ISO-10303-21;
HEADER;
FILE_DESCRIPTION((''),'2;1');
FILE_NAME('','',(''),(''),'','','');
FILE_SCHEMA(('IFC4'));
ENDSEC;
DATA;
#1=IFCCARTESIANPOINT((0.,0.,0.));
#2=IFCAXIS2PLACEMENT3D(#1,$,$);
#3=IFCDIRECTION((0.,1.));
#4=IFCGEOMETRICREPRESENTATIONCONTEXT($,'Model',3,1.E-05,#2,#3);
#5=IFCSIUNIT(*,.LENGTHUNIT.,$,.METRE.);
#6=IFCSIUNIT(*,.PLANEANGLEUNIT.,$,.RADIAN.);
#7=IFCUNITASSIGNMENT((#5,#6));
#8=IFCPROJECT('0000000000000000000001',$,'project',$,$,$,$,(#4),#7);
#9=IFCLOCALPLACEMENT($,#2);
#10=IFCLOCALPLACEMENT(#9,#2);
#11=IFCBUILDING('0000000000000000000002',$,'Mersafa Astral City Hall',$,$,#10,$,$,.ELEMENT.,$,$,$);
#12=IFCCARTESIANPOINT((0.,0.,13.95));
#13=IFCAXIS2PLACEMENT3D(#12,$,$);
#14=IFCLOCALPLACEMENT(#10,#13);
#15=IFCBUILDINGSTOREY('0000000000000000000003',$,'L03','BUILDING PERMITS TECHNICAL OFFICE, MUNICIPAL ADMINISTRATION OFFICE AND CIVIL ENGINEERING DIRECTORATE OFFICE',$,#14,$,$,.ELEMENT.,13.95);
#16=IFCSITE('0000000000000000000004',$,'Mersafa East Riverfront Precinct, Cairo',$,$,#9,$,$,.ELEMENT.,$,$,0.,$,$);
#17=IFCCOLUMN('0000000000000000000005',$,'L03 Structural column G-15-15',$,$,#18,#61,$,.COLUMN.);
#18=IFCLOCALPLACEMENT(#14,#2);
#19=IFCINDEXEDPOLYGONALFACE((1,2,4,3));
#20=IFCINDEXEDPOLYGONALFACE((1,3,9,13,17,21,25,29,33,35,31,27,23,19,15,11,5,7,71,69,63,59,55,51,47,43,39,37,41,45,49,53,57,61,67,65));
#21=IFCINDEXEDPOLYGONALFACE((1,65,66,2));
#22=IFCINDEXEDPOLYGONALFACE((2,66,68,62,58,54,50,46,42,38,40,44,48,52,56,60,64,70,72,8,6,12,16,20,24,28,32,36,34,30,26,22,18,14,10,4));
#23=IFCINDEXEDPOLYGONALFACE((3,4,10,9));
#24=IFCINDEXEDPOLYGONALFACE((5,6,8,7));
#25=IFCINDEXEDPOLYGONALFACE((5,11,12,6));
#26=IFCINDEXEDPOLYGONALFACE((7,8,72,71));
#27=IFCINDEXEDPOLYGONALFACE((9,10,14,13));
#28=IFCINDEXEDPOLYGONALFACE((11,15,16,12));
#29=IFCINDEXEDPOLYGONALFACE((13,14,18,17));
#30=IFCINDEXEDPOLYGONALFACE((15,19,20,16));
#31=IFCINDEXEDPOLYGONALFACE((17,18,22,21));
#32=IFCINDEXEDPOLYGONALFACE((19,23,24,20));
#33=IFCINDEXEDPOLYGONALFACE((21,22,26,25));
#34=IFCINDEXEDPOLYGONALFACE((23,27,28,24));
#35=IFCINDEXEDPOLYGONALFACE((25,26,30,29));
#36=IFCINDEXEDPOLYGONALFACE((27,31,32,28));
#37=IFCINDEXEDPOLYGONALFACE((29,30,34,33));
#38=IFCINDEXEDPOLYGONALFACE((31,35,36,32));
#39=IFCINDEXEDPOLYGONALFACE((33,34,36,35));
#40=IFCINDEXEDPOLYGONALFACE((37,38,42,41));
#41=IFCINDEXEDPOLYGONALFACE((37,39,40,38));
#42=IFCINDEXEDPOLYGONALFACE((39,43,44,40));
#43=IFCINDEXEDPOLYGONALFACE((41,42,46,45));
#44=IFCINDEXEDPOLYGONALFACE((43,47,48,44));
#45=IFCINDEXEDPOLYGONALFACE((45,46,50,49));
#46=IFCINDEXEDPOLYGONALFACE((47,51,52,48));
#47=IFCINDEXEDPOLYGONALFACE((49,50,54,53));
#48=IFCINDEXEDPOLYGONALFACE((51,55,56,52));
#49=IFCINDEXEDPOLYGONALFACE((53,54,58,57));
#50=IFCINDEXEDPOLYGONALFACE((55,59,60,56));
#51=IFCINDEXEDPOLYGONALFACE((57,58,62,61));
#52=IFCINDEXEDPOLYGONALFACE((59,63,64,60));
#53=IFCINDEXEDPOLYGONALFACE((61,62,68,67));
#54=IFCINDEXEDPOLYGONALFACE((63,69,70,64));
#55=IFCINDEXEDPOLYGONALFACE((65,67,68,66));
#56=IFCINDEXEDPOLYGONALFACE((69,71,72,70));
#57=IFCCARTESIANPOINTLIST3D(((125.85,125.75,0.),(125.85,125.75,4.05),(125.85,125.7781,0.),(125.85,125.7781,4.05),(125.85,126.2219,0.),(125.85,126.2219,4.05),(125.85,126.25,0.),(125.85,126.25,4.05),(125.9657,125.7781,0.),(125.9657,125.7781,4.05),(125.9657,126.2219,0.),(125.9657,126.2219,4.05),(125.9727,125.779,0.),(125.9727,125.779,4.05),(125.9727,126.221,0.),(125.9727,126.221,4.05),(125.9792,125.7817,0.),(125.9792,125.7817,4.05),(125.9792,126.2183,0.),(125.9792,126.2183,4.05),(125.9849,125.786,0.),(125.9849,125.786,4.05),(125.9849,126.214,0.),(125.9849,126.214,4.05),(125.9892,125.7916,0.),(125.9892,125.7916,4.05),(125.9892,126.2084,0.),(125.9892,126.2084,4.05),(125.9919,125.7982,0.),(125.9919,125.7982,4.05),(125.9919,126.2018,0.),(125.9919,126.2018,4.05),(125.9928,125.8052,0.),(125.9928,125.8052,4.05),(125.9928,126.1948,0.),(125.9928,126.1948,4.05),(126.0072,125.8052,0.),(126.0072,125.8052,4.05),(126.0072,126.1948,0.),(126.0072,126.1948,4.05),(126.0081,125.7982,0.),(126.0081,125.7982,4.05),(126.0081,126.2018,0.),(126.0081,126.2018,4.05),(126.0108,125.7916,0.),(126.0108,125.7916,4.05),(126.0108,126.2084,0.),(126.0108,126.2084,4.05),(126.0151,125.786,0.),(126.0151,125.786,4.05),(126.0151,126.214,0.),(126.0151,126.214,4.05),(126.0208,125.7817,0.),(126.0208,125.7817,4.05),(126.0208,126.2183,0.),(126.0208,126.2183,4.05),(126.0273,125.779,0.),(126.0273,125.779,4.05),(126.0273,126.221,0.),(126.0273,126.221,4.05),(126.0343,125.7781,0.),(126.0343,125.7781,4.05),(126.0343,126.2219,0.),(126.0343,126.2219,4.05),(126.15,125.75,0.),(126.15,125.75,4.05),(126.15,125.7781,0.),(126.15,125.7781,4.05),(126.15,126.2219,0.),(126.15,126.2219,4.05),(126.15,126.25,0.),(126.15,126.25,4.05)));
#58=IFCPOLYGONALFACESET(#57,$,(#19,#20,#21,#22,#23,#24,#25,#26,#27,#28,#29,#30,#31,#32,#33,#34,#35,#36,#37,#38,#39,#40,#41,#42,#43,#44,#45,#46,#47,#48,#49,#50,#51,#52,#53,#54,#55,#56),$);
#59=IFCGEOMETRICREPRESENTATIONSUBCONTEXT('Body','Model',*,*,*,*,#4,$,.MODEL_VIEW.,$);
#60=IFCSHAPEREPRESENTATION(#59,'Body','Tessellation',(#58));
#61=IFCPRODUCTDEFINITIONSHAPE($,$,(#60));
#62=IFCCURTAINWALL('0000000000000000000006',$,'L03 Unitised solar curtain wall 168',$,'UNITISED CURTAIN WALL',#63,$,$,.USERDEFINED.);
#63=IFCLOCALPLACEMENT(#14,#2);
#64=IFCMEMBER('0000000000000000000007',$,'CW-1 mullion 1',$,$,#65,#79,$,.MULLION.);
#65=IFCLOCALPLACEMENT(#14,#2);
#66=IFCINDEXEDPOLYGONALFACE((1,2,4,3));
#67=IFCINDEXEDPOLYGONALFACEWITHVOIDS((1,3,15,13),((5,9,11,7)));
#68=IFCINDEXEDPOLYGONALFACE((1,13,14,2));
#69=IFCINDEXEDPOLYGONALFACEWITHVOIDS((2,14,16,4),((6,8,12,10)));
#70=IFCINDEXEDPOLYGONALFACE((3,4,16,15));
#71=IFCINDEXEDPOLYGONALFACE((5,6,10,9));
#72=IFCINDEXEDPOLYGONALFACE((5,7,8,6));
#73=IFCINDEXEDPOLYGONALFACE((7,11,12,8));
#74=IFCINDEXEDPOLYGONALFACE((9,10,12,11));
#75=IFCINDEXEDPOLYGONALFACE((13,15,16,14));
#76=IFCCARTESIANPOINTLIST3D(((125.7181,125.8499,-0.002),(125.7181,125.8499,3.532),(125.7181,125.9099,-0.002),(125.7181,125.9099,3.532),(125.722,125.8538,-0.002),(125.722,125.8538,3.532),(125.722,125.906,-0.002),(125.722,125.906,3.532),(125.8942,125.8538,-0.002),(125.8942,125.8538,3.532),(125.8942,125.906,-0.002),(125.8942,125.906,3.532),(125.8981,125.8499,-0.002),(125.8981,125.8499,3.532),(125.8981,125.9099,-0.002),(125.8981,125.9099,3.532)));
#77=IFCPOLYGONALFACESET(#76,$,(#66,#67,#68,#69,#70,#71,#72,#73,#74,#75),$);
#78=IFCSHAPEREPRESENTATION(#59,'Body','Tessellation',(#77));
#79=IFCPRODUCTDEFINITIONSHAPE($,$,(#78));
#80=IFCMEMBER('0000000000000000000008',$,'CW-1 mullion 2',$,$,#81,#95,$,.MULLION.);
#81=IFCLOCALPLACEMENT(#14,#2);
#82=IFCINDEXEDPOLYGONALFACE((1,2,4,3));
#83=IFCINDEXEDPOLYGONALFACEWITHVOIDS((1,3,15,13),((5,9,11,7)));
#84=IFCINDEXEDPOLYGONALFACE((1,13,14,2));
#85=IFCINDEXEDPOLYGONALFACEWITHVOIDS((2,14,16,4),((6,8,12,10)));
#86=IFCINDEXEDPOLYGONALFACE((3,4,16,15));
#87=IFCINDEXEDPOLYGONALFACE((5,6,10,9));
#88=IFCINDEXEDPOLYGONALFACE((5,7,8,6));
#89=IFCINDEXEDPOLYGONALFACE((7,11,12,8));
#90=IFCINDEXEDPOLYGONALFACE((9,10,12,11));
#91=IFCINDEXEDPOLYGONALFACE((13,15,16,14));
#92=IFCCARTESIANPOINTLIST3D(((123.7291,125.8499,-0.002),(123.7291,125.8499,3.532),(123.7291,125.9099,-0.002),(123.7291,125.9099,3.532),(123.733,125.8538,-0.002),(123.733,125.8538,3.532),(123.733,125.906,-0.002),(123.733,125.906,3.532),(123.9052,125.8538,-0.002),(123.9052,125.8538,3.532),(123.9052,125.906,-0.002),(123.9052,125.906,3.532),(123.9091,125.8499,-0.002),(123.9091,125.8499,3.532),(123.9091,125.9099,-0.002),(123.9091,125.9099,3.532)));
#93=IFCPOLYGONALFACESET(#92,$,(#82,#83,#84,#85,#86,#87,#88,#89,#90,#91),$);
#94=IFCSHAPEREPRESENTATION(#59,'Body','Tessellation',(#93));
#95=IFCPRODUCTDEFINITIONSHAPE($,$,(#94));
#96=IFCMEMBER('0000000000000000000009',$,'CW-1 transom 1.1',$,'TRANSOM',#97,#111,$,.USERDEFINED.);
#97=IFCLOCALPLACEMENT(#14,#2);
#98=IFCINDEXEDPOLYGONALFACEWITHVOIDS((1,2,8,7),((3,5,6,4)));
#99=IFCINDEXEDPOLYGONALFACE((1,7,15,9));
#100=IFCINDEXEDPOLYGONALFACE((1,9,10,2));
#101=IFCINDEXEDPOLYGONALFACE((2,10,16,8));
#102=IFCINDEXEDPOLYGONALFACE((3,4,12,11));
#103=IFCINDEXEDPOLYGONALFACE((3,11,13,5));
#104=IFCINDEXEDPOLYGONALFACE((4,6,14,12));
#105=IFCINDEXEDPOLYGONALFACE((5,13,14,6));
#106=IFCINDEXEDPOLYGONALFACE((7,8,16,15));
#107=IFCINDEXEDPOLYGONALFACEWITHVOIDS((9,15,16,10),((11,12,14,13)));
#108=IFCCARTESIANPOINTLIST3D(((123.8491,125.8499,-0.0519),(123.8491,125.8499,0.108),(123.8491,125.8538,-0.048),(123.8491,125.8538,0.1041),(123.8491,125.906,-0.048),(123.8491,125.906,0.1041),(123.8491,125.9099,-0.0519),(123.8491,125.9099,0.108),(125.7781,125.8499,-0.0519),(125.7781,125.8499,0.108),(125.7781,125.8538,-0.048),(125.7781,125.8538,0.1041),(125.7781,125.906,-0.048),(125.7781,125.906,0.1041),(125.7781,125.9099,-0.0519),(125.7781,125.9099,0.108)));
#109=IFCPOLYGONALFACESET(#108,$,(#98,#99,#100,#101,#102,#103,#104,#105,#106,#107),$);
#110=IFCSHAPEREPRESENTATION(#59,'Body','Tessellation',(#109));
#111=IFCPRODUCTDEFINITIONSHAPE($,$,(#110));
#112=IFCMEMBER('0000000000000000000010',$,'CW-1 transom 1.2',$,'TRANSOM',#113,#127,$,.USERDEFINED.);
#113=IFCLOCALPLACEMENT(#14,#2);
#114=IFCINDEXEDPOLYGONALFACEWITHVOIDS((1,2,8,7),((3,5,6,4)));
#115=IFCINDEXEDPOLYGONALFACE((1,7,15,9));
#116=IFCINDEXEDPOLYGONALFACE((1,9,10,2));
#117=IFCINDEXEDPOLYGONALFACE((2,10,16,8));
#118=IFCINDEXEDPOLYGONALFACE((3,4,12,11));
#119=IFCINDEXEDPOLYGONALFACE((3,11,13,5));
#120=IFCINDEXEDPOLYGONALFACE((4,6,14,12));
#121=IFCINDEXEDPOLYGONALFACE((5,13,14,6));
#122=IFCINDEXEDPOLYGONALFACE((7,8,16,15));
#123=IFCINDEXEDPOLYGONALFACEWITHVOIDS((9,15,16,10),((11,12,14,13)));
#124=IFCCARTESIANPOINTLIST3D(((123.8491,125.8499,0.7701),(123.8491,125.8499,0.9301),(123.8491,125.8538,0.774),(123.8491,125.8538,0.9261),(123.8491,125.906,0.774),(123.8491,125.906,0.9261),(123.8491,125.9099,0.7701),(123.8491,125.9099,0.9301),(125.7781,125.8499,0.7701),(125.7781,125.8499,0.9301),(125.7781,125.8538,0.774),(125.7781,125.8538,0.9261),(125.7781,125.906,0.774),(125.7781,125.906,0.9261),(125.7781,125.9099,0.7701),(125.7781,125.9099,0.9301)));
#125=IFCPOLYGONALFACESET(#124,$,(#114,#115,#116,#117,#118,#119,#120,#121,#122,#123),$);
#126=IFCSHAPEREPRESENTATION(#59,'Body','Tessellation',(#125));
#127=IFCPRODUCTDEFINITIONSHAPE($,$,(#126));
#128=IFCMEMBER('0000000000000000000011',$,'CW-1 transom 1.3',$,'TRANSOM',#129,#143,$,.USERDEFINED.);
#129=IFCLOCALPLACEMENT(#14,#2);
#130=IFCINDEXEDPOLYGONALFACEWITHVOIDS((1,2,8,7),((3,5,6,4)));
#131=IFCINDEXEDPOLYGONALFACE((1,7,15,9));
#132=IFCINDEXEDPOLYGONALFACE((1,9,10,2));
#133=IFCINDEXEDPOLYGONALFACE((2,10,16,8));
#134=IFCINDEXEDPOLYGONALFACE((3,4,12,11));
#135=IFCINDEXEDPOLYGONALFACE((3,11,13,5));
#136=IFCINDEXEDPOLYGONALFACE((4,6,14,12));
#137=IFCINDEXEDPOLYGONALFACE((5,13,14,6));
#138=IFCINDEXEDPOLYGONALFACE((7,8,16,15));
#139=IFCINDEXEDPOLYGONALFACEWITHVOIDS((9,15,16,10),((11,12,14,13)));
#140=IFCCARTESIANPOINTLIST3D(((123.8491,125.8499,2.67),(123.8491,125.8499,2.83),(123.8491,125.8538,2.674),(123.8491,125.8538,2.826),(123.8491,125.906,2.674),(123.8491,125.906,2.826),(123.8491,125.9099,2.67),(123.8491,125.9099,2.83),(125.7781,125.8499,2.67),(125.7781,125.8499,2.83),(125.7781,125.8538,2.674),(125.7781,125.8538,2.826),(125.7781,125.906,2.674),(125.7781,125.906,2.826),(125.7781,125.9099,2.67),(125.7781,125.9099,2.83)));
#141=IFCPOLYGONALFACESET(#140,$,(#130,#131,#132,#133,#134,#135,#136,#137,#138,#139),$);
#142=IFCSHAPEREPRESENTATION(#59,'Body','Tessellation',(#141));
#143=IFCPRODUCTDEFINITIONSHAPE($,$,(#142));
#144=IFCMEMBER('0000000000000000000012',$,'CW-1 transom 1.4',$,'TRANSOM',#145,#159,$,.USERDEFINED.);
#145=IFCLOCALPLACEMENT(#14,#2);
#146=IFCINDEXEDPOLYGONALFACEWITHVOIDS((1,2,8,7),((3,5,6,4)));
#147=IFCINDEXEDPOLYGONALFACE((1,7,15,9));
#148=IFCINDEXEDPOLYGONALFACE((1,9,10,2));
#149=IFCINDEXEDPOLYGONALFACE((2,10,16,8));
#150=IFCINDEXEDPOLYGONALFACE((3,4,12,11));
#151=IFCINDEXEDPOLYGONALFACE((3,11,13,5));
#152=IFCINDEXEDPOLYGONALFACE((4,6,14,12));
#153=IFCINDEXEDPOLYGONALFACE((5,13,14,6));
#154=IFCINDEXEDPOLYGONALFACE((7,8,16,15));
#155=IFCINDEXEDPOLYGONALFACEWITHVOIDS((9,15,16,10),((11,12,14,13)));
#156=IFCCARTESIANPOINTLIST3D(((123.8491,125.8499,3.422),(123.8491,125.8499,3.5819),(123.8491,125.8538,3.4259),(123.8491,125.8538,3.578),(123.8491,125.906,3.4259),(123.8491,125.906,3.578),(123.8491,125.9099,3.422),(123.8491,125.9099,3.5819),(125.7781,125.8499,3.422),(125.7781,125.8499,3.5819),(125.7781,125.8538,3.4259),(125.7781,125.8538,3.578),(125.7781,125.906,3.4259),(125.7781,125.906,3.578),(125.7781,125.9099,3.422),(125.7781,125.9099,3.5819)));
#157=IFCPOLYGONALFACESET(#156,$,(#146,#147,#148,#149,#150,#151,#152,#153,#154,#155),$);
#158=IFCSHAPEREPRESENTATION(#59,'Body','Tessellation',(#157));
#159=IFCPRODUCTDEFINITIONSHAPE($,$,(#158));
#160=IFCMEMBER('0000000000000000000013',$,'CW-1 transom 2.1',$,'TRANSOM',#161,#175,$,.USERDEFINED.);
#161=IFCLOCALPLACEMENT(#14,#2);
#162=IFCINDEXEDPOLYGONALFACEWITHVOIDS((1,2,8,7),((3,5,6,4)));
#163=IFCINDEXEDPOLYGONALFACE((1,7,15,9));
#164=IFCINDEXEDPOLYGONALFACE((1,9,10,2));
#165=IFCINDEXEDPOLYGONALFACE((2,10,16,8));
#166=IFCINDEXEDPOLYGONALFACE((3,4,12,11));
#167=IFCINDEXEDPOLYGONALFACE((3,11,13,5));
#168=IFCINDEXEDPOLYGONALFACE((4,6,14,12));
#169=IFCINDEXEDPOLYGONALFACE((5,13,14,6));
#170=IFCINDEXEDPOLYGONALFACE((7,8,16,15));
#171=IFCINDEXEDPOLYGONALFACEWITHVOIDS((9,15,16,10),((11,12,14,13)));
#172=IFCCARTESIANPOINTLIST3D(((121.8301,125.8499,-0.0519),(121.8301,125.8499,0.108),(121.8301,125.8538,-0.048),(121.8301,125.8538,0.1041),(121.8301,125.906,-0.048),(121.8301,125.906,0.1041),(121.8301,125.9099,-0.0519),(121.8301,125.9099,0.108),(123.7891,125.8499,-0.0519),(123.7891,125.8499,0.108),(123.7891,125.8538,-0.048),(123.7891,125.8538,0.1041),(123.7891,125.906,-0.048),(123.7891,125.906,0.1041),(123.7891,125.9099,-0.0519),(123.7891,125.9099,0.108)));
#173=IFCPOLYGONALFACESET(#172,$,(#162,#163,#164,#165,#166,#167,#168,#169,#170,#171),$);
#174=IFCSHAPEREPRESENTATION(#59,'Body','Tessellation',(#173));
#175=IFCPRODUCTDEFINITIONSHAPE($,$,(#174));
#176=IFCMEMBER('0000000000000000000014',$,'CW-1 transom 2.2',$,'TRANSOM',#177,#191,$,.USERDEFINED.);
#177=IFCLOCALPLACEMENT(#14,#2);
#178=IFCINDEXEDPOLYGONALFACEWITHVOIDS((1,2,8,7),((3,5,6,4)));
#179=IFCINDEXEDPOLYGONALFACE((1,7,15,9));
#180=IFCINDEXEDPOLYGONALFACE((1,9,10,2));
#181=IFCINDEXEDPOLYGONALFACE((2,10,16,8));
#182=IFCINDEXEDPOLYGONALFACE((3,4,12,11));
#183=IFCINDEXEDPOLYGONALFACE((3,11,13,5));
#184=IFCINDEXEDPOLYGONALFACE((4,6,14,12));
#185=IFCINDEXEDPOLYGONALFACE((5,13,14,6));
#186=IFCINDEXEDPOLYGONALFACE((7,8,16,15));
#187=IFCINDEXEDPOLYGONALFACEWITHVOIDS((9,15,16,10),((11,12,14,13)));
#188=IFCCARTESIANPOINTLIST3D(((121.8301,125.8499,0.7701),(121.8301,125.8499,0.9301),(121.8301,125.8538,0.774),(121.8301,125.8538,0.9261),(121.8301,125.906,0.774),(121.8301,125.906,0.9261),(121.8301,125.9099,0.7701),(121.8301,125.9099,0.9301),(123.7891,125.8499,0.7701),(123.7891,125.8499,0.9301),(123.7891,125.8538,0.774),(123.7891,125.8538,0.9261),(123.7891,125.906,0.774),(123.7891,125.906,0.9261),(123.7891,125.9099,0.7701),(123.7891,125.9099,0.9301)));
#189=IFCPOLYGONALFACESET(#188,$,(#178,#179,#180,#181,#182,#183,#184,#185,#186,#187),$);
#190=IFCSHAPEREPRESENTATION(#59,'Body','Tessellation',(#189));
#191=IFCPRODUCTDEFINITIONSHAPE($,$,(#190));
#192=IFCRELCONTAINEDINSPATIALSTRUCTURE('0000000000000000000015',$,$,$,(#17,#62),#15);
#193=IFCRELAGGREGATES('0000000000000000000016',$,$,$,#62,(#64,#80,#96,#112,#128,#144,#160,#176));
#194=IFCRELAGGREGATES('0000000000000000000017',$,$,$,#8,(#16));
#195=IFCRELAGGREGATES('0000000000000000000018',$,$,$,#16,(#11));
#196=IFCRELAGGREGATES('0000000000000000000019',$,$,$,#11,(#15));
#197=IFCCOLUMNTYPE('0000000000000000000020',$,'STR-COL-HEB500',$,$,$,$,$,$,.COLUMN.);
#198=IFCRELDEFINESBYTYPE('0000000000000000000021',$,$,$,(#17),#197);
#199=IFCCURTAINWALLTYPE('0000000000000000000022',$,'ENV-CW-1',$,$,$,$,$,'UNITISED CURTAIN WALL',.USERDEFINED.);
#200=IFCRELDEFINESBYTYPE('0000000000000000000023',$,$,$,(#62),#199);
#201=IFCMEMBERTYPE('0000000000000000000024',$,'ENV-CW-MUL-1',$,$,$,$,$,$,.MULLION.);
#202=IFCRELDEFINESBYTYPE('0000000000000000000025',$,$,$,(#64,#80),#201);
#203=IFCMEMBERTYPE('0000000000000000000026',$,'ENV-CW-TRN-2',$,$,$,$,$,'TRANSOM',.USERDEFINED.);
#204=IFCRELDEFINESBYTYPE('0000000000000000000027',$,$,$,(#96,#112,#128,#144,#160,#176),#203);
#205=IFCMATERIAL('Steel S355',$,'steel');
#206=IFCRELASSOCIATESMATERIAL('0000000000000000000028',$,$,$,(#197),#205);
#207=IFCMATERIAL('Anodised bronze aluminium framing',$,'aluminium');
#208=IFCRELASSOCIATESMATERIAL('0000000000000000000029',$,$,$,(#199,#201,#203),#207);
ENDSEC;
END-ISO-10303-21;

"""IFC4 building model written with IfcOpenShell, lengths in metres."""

from ifc_helpers import new_model, si_unit, direction, frame, origin, origin_2d, place, context, subcontext, project, spatial, hollow_rectangle, i_section, extrude, material, material_profile, profile_set, type_object, element, aggregate, save


model = new_model("IFC4")

# Units and contexts
model_context = context("Model", 3, precision=1e-05, world=origin(), true_north=direction((0.0, 1.0)))
body_context = subcontext(model_context, "Body", "Model", "MODEL_VIEW")
ifc_project = project(units=[si_unit("LENGTHUNIT", "METRE"), si_unit("PLANEANGLEUNIT", "RADIAN")], contexts=[model_context])

# Site, building, storey
site_placement = place(None, origin())
site = spatial("IfcSite", under=ifc_project, at=site_placement, Name="Mersafa East Riverfront Precinct, Cairo", CompositionType="ELEMENT", RefElevation=0.0)
building_placement = place(site_placement, origin())
building = spatial("IfcBuilding", under=site, at=building_placement, Name="Mersafa Astral City Hall", CompositionType="ELEMENT")
storey_placement = place(building_placement, frame((0.0, 0.0, 13.95)))
storey = spatial("IfcBuildingStorey", under=building, at=storey_placement, Name="L03", Description="BUILDING PERMITS TECHNICAL OFFICE, MUNICIPAL ADMINISTRATION OFFICE AND CIVIL ENGINEERING DIRECTORATE OFFICE", CompositionType="ELEMENT", Elevation=13.95)

# Column
ifc_material_1 = material(Name="Steel S355", Category="steel")
ifc_material_profile_1 = material_profile(ifc_material_1, i_section(OverallWidth=0.3, OverallDepth=0.5, WebThickness=0.0144, FlangeThickness=0.0281, FilletRadius=0.0271, at=origin_2d()), Name="HEB 500")
ifc_profile_set_1 = profile_set([ifc_material_profile_1], Name="Steel S355")
column_type = type_object("IfcColumnType", Name="STR-COL-HEB500", PredefinedType="COLUMN", material=ifc_profile_set_1)
column_placement = place(storey_placement, frame((126.0, 126.0, 0.0), z_axis=(0.0, 0.0, 1.0), x_axis=(1.0, 0.0, 0.0)))
element("IfcColumn", 1, at=column_placement, inside=storey, type_object=column_type, Name="L03 Structural column G-15-15", PredefinedType="COLUMN", context=body_context, shape_type="SweptSolid", body=[
    extrude(i_section(OverallWidth=0.3, OverallDepth=0.5, WebThickness=0.0144, FlangeThickness=0.0281, FilletRadius=0.0271, at=origin_2d()), origin(), (0.0, 0.0, 1.0), 4.05),
])

# Curtain wall, members
ifc_material_2 = material(Name="Anodised bronze aluminium framing", Category="aluminium")
curtain_wall_type = type_object("IfcCurtainWallType", Name="ENV-CW-1", ElementType="UNITISED CURTAIN WALL", PredefinedType="USERDEFINED", material=ifc_material_2)
curtain_wall_placement = place(storey_placement, origin())
curtain_wall = element("IfcCurtainWall", 2, at=curtain_wall_placement, inside=storey, type_object=curtain_wall_type, Name="L03 Unitised solar curtain wall 168", ObjectType="UNITISED CURTAIN WALL", PredefinedType="USERDEFINED")
ifc_material_profile_2 = material_profile(ifc_material_2, hollow_rectangle(XDim=0.0601, YDim=0.1799, WallThickness=0.0039, at=origin_2d()), Name="RHS 60x180x4")
ifc_profile_set_2 = profile_set([ifc_material_profile_2], Name="Anodised bronze aluminium framing")
member_type_1 = type_object("IfcMemberType", Name="ENV-CW-MUL-1", PredefinedType="MULLION", material=ifc_profile_set_2)
member_1_placement = place(storey_placement, frame((125.8081, 125.8799, -0.002), z_axis=(0.0, 0.0, 1.0), x_axis=(0.0, -1.0, 0.0)))
member_1 = element("IfcMember", 3, at=member_1_placement, type_object=member_type_1, Name="CW-1 mullion 1", PredefinedType="MULLION", context=body_context, shape_type="SweptSolid", body=[
    extrude(hollow_rectangle(XDim=0.0601, YDim=0.1799, WallThickness=0.0039, at=origin_2d()), origin(), (0.0, 0.0, 1.0), 3.5339),
])
member_2_placement = place(storey_placement, frame((123.8191, 125.8799, -0.002), z_axis=(0.0, 0.0, 1.0), x_axis=(0.0, -1.0, 0.0)))
member_2 = element("IfcMember", 4, at=member_2_placement, type_object=member_type_1, Name="CW-1 mullion 2", PredefinedType="MULLION", context=body_context, shape_type="SweptSolid", body=[
    extrude(hollow_rectangle(XDim=0.0601, YDim=0.1799, WallThickness=0.0039, at=origin_2d()), origin(), (0.0, 0.0, 1.0), 3.5339),
])
ifc_material_profile_3 = material_profile(ifc_material_2, hollow_rectangle(XDim=0.0601, YDim=0.1599, WallThickness=0.0039, at=origin_2d()), Name="RHS 60x160x4")
ifc_profile_set_3 = profile_set([ifc_material_profile_3], Name="Anodised bronze aluminium framing")
member_type_2 = type_object("IfcMemberType", Name="ENV-CW-TRN-2", ElementType="TRANSOM", PredefinedType="USERDEFINED", material=ifc_profile_set_3)
member_3_placement = place(storey_placement, frame((125.7781, 125.8799, 0.0281), z_axis=(-1.0, 0.0, 0.0), x_axis=(0.0, -1.0, 0.0)))
member_3 = element("IfcMember", 5, at=member_3_placement, type_object=member_type_2, Name="CW-1 transom 1.1", ObjectType="TRANSOM", PredefinedType="USERDEFINED", context=body_context, shape_type="SweptSolid", body=[
    extrude(hollow_rectangle(XDim=0.0601, YDim=0.1599, WallThickness=0.0039, at=origin_2d()), origin(), (0.0, 0.0, 1.0), 1.929),
])
member_4_placement = place(storey_placement, frame((125.7781, 125.8799, 0.8501), z_axis=(-1.0, 0.0, 0.0), x_axis=(0.0, -1.0, 0.0)))
member_4 = element("IfcMember", 6, at=member_4_placement, type_object=member_type_2, Name="CW-1 transom 1.2", ObjectType="TRANSOM", PredefinedType="USERDEFINED", context=body_context, shape_type="SweptSolid", body=[
    extrude(hollow_rectangle(XDim=0.0601, YDim=0.1599, WallThickness=0.0039, at=origin_2d()), origin(), (0.0, 0.0, 1.0), 1.929),
])
member_5_placement = place(storey_placement, frame((125.7781, 125.8799, 2.75), z_axis=(-1.0, 0.0, 0.0), x_axis=(0.0, -1.0, 0.0)))
member_5 = element("IfcMember", 7, at=member_5_placement, type_object=member_type_2, Name="CW-1 transom 1.3", ObjectType="TRANSOM", PredefinedType="USERDEFINED", context=body_context, shape_type="SweptSolid", body=[
    extrude(hollow_rectangle(XDim=0.0601, YDim=0.1599, WallThickness=0.0039, at=origin_2d()), origin(), (0.0, 0.0, 1.0), 1.929),
])
member_6_placement = place(storey_placement, frame((125.7781, 125.8799, 3.502), z_axis=(-1.0, 0.0, 0.0), x_axis=(0.0, -1.0, 0.0)))
member_6 = element("IfcMember", 8, at=member_6_placement, type_object=member_type_2, Name="CW-1 transom 1.4", ObjectType="TRANSOM", PredefinedType="USERDEFINED", context=body_context, shape_type="SweptSolid", body=[
    extrude(hollow_rectangle(XDim=0.0601, YDim=0.1599, WallThickness=0.0039, at=origin_2d()), origin(), (0.0, 0.0, 1.0), 1.929),
])
member_7_placement = place(storey_placement, frame((123.7891, 125.8799, 0.0281), z_axis=(-1.0, 0.0, 0.0), x_axis=(0.0, -1.0, 0.0)))
member_7 = element("IfcMember", 9, at=member_7_placement, type_object=member_type_2, Name="CW-1 transom 2.1", ObjectType="TRANSOM", PredefinedType="USERDEFINED", context=body_context, shape_type="SweptSolid", body=[
    extrude(hollow_rectangle(XDim=0.0601, YDim=0.1599, WallThickness=0.0039, at=origin_2d()), origin(), (0.0, 0.0, 1.0), 1.959),
])
member_8_placement = place(storey_placement, frame((123.7891, 125.8799, 0.8501), z_axis=(-1.0, 0.0, 0.0), x_axis=(0.0, -1.0, 0.0)))
member_8 = element("IfcMember", 10, at=member_8_placement, type_object=member_type_2, Name="CW-1 transom 2.2", ObjectType="TRANSOM", PredefinedType="USERDEFINED", context=body_context, shape_type="SweptSolid", body=[
    extrude(hollow_rectangle(XDim=0.0601, YDim=0.1599, WallThickness=0.0039, at=origin_2d()), origin(), (0.0, 0.0, 1.0), 1.959),
])

aggregate(curtain_wall, [member_1, member_2, member_3, member_4, member_5, member_6, member_7, member_8])

save(model, "model.ifc")
